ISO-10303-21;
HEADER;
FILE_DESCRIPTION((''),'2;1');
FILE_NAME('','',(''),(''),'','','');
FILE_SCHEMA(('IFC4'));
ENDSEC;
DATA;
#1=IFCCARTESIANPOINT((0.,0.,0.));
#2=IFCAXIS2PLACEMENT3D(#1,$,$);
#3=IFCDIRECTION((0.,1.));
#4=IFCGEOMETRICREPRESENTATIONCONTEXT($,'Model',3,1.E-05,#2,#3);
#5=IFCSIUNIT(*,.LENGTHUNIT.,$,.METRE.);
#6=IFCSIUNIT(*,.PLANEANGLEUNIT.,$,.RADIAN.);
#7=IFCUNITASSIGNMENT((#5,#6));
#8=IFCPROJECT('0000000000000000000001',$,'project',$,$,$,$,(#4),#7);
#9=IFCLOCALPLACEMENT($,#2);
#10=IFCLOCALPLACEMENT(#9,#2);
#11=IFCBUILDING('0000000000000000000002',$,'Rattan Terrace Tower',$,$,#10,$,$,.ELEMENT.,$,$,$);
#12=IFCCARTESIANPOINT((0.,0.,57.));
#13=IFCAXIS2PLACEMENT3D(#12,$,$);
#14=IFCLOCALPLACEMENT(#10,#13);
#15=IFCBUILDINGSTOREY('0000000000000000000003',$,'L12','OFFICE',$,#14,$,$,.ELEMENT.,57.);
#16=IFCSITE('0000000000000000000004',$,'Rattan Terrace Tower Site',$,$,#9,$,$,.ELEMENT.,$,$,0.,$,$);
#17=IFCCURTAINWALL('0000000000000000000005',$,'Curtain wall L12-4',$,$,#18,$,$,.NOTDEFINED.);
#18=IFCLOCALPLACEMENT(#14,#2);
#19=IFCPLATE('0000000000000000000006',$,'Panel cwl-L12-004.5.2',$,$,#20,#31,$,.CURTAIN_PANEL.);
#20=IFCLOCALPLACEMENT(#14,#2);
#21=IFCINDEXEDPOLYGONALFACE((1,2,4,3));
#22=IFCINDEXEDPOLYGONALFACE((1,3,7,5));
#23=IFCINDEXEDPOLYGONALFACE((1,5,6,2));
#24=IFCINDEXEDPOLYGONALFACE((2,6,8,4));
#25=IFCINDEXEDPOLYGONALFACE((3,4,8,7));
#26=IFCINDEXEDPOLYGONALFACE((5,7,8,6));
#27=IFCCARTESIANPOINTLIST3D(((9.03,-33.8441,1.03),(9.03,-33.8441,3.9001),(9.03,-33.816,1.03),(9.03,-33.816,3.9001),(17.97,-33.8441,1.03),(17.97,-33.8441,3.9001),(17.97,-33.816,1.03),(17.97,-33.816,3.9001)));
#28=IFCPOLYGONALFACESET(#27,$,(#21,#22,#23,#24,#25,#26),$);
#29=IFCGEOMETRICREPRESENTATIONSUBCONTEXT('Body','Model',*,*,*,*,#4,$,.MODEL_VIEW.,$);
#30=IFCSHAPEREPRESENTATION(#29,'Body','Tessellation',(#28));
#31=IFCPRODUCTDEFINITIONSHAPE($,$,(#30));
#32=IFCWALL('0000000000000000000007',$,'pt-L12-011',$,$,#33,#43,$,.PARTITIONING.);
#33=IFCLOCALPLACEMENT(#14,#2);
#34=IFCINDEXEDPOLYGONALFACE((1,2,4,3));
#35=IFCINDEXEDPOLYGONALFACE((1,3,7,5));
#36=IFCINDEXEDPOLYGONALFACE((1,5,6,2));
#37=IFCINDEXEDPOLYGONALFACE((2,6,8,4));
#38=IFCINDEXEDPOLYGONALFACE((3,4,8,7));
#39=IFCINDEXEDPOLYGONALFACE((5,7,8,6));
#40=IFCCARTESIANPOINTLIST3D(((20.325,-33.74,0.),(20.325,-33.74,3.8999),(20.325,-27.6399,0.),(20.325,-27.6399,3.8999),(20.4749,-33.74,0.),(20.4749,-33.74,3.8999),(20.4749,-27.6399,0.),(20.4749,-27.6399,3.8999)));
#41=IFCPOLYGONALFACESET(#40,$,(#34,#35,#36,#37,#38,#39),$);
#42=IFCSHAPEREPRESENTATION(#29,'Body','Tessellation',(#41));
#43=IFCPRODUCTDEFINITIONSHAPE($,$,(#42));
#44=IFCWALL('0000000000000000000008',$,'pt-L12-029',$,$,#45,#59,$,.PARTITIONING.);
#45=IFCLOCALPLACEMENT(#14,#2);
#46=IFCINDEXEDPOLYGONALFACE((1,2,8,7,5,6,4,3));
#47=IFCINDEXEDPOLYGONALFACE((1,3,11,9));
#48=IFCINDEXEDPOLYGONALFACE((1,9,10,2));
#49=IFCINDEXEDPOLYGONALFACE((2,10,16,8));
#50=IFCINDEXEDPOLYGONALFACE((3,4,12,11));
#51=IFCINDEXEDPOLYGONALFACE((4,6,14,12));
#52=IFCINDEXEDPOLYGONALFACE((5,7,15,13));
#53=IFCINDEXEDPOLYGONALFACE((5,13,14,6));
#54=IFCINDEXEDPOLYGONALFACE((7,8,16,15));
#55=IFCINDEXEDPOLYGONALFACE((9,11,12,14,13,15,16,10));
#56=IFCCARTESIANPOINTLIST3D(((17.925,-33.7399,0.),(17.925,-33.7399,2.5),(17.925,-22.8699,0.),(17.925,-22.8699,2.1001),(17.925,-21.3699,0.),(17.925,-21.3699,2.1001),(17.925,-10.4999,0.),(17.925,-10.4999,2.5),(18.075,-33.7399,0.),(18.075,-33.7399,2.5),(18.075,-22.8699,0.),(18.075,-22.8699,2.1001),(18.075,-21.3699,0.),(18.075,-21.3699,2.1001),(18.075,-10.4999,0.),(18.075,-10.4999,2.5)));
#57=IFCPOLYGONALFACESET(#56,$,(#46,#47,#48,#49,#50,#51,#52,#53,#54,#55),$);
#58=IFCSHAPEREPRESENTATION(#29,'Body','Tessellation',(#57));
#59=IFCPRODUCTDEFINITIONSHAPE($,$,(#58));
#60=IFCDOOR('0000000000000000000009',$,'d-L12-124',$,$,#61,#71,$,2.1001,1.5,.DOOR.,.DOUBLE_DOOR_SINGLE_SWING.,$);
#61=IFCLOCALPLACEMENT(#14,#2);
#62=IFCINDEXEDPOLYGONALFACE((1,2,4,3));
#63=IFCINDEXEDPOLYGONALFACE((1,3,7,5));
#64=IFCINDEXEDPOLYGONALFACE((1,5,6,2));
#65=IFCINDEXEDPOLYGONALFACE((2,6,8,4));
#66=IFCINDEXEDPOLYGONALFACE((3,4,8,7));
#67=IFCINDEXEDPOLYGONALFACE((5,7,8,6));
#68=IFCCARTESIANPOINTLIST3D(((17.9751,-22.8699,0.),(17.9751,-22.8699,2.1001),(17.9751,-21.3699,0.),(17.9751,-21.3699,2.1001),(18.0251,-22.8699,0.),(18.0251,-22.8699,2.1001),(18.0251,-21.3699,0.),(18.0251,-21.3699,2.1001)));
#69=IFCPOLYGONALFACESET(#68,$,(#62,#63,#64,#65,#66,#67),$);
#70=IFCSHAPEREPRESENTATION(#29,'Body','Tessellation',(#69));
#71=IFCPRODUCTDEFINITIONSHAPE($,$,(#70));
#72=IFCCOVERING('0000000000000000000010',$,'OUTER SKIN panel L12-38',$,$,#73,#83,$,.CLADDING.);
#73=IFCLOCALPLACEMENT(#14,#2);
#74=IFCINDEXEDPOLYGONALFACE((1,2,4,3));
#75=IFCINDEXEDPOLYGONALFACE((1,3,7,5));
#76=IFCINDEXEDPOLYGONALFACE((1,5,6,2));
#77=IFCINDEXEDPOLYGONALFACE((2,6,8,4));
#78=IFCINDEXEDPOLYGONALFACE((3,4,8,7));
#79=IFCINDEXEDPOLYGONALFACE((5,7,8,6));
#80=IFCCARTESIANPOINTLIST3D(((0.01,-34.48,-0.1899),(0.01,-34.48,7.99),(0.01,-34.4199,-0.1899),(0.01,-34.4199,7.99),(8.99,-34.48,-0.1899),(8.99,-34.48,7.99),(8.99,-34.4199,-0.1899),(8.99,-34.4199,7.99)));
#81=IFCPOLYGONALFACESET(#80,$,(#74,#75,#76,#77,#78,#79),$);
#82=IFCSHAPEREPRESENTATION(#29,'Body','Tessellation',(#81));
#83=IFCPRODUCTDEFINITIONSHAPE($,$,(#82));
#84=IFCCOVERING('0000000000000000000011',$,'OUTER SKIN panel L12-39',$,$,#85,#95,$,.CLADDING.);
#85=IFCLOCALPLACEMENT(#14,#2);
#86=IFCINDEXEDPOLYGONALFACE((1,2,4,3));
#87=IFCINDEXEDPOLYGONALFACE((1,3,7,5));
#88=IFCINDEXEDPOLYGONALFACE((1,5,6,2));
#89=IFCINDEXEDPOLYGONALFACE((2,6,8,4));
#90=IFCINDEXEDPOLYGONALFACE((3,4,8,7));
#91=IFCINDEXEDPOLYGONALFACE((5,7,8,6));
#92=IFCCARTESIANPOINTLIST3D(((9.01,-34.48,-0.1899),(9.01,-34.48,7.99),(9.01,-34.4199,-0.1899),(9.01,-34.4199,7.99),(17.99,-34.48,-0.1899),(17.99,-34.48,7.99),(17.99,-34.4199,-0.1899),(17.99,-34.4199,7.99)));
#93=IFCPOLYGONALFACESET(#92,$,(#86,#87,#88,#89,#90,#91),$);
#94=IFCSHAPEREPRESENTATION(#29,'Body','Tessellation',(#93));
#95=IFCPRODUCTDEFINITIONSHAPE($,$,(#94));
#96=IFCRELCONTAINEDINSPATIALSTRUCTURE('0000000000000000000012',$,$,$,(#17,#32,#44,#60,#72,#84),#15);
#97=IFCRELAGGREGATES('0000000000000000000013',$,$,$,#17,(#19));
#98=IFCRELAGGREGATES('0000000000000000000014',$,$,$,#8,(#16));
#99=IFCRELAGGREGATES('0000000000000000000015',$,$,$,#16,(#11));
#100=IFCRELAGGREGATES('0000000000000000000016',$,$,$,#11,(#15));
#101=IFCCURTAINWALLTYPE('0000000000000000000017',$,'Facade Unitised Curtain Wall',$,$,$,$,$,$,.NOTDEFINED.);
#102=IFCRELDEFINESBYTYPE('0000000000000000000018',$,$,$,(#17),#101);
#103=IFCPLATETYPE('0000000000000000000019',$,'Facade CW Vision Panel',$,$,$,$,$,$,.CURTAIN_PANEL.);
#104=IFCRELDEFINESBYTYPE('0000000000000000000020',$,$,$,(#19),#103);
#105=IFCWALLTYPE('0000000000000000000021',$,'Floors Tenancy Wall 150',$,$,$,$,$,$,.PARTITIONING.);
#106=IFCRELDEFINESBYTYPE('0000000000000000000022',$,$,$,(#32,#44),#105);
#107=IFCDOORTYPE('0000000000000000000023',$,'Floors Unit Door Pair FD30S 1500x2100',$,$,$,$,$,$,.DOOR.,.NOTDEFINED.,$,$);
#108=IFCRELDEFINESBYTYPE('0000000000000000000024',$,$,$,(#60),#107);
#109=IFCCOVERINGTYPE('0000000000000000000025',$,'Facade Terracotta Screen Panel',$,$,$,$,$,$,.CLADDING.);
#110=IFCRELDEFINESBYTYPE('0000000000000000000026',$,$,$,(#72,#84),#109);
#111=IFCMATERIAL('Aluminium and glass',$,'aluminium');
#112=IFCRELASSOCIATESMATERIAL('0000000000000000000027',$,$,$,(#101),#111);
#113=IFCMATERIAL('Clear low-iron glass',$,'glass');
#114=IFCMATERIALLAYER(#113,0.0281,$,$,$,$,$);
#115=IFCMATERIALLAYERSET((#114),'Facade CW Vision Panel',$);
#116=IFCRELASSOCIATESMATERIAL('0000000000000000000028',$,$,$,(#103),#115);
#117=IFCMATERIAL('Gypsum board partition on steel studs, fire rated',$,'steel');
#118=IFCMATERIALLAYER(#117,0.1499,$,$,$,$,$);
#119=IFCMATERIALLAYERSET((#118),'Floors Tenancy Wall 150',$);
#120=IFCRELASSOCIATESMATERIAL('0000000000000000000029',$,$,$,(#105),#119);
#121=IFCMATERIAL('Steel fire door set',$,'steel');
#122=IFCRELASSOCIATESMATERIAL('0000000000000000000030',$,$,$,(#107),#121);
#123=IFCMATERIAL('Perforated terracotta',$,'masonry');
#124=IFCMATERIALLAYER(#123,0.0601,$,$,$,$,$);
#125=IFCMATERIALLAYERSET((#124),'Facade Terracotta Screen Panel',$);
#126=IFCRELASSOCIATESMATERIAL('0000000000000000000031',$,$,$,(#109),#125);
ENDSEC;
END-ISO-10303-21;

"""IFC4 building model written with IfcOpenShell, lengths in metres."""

from ifc_helpers import new_model, si_unit, direction, frame, frame_2d, origin, origin_2d, place, context, subcontext, project, spatial, rectangle, extrude, material, layer, layer_set, type_object, element, fill, aggregate, save


model = new_model("IFC4")

# Units and contexts
model_context = context("Model", 3, precision=1e-05, world=origin(), true_north=direction((0.0, 1.0)))
body_context = subcontext(model_context, "Body", "Model", "MODEL_VIEW")
ifc_project = project(units=[si_unit("LENGTHUNIT", "METRE"), si_unit("PLANEANGLEUNIT", "RADIAN")], contexts=[model_context])

# Site, building, storey
site_placement = place(None, origin())
site = spatial("IfcSite", under=ifc_project, at=site_placement, Name="Rattan Terrace Tower Site", CompositionType="ELEMENT", RefElevation=0.0)
building_placement = place(site_placement, origin())
building = spatial("IfcBuilding", under=site, at=building_placement, Name="Rattan Terrace Tower", CompositionType="ELEMENT")
storey_placement = place(building_placement, frame((0.0, 0.0, 57.0)))
storey = spatial("IfcBuildingStorey", under=building, at=storey_placement, Name="L12", Description="OFFICE", CompositionType="ELEMENT", Elevation=57.0)

# Curtain wall
ifc_material_1 = material(Name="Aluminium and glass", Category="aluminium")
curtain_wall_type = type_object("IfcCurtainWallType", Name="Facade Unitised Curtain Wall", PredefinedType="NOTDEFINED", material=ifc_material_1)
curtain_wall_placement = place(storey_placement, origin())
curtain_wall = element("IfcCurtainWall", 1, at=curtain_wall_placement, inside=storey, type_object=curtain_wall_type, Name="Curtain wall L12-4", PredefinedType="NOTDEFINED")

# Plate
ifc_material_2 = material(Name="Clear low-iron glass", Category="glass")
ifc_layer_1 = layer(ifc_material_2, 0.0281)
ifc_layer_set_1 = layer_set([ifc_layer_1], Name="Facade CW Vision Panel")
plate_type_1 = type_object("IfcPlateType", Name="Facade CW Vision Panel", PredefinedType="CURTAIN_PANEL", material=ifc_layer_set_1)
plate_1_placement = place(storey_placement, frame((13.5, -33.8301, 1.03), z_axis=(0.0, 0.0, 1.0), x_axis=(1.0, 0.0, 0.0)))
plate_1 = element("IfcPlate", 2, at=plate_1_placement, type_object=plate_type_1, Name="Panel cwl-L12-004.5.2", PredefinedType="CURTAIN_PANEL", context=body_context, shape_type="SweptSolid", body=[
    extrude(rectangle(XDim=8.9399, YDim=0.0281, at=origin_2d()), origin(), (0.0, 0.0, 1.0), 2.8701),
])
aggregate(curtain_wall, [plate_1])

# Wall
ifc_material_3 = material(Name="Gypsum board partition on steel studs, fire rated", Category="steel")
ifc_layer_2 = layer(ifc_material_3, 0.1499)
ifc_layer_set_2 = layer_set([ifc_layer_2], Name="Floors Tenancy Wall 150")
wall_type = type_object("IfcWallType", Name="Floors Tenancy Wall 150", PredefinedType="PARTITIONING", material=ifc_layer_set_2)
wall_1_placement = place(storey_placement, frame((20.3999, -27.6399, 0.0), z_axis=(0.0, 0.0, 1.0), x_axis=(0.0, -1.0, 0.0)))
element("IfcWall", 3, at=wall_1_placement, inside=storey, type_object=wall_type, Name="pt-L12-011", PredefinedType="PARTITIONING", context=body_context, shape_type="SweptSolid", body=[
    extrude(rectangle(XDim=6.1001, YDim=0.1499, at=frame_2d((3.05, 0.0))), origin(), (0.0, 0.0, 1.0), 3.8999),
])

# Wall, opening, door
wall_2_placement = place(storey_placement, frame((18.0, -33.74, 0.0), z_axis=(0.0, 0.0, 1.0), x_axis=(0.0, 1.0, 0.0)))
wall_2 = element("IfcWall", 4, at=wall_2_placement, inside=storey, type_object=wall_type, Name="pt-L12-029", PredefinedType="PARTITIONING", context=body_context, shape_type="SweptSolid", body=[
    extrude(rectangle(XDim=23.24, YDim=0.1499, at=frame_2d((11.6201, 0.0))), origin(), (0.0, 0.0, 1.0), 2.5),
])
opening_placement = place(wall_2_placement, frame((10.8701, 0.0, 0.0)))
opening = element("IfcOpeningElement", 5, at=opening_placement, cuts=wall_2, PredefinedType="OPENING", context=body_context, shape_type="SweptSolid", body=[
    extrude(rectangle(XDim=1.5, YDim=2.1001, at=frame_2d((0.75, 1.05))), frame((0.0, 0.0854, 0.0), z_axis=(0.0, -1.0, 0.0), x_axis=(1.0, 0.0, 0.0)), (0.0, 0.0, 1.0), 0.1709),
])
ifc_material_4 = material(Name="Steel fire door set", Category="steel")
door_type = type_object("IfcDoorType", Name="Floors Unit Door Pair FD30S 1500x2100", OperationType="NOTDEFINED", PredefinedType="DOOR", material=ifc_material_4)
door_placement = place(opening_placement, origin())
door = element("IfcDoor", 6, at=door_placement, inside=storey, type_object=door_type, Name="d-L12-124", OperationType="DOUBLE_DOOR_SINGLE_SWING", OverallHeight=2.1001, OverallWidth=1.5, PredefinedType="DOOR", context=body_context, shape_type="SweptSolid", body=[
    extrude(rectangle(XDim=1.5, YDim=2.1001, at=frame_2d((0.75, 1.05))), frame((0.0, 0.0249, 0.0), z_axis=(0.0, -1.0, 0.0), x_axis=(1.0, 0.0, 0.0)), (0.0, 0.0, 1.0), 0.05),
])
fill(opening, door)

# Coverings
ifc_material_5 = material(Name="Perforated terracotta", Category="masonry")
ifc_layer_3 = layer(ifc_material_5, 0.0601)
ifc_layer_set_3 = layer_set([ifc_layer_3], Name="Facade Terracotta Screen Panel")
covering_type = type_object("IfcCoveringType", Name="Facade Terracotta Screen Panel", PredefinedType="CLADDING", material=ifc_layer_set_3)
for number, where, z_axis, x_axis, name in (
    (7, (4.5, -34.45, -0.1899), (0.0, 0.0, 1.0), (1.0, 0.0, 0.0), "OUTER SKIN panel L12-38"),
    (8, (13.5, -34.45, -0.1899), (0.0, 0.0, 1.0), (1.0, 0.0, 0.0), "OUTER SKIN panel L12-39"),
):
    element("IfcCovering", number, at=place(storey_placement, frame(where, z_axis=z_axis, x_axis=x_axis)), inside=storey, type_object=covering_type, Name=name, PredefinedType="CLADDING", context=body_context, shape_type="SweptSolid", body=[
        extrude(rectangle(XDim=8.98, YDim=0.0601, at=origin_2d()), origin(), (0.0, 0.0, 1.0), 8.1799),
    ])

save(model, "model.ifc")
